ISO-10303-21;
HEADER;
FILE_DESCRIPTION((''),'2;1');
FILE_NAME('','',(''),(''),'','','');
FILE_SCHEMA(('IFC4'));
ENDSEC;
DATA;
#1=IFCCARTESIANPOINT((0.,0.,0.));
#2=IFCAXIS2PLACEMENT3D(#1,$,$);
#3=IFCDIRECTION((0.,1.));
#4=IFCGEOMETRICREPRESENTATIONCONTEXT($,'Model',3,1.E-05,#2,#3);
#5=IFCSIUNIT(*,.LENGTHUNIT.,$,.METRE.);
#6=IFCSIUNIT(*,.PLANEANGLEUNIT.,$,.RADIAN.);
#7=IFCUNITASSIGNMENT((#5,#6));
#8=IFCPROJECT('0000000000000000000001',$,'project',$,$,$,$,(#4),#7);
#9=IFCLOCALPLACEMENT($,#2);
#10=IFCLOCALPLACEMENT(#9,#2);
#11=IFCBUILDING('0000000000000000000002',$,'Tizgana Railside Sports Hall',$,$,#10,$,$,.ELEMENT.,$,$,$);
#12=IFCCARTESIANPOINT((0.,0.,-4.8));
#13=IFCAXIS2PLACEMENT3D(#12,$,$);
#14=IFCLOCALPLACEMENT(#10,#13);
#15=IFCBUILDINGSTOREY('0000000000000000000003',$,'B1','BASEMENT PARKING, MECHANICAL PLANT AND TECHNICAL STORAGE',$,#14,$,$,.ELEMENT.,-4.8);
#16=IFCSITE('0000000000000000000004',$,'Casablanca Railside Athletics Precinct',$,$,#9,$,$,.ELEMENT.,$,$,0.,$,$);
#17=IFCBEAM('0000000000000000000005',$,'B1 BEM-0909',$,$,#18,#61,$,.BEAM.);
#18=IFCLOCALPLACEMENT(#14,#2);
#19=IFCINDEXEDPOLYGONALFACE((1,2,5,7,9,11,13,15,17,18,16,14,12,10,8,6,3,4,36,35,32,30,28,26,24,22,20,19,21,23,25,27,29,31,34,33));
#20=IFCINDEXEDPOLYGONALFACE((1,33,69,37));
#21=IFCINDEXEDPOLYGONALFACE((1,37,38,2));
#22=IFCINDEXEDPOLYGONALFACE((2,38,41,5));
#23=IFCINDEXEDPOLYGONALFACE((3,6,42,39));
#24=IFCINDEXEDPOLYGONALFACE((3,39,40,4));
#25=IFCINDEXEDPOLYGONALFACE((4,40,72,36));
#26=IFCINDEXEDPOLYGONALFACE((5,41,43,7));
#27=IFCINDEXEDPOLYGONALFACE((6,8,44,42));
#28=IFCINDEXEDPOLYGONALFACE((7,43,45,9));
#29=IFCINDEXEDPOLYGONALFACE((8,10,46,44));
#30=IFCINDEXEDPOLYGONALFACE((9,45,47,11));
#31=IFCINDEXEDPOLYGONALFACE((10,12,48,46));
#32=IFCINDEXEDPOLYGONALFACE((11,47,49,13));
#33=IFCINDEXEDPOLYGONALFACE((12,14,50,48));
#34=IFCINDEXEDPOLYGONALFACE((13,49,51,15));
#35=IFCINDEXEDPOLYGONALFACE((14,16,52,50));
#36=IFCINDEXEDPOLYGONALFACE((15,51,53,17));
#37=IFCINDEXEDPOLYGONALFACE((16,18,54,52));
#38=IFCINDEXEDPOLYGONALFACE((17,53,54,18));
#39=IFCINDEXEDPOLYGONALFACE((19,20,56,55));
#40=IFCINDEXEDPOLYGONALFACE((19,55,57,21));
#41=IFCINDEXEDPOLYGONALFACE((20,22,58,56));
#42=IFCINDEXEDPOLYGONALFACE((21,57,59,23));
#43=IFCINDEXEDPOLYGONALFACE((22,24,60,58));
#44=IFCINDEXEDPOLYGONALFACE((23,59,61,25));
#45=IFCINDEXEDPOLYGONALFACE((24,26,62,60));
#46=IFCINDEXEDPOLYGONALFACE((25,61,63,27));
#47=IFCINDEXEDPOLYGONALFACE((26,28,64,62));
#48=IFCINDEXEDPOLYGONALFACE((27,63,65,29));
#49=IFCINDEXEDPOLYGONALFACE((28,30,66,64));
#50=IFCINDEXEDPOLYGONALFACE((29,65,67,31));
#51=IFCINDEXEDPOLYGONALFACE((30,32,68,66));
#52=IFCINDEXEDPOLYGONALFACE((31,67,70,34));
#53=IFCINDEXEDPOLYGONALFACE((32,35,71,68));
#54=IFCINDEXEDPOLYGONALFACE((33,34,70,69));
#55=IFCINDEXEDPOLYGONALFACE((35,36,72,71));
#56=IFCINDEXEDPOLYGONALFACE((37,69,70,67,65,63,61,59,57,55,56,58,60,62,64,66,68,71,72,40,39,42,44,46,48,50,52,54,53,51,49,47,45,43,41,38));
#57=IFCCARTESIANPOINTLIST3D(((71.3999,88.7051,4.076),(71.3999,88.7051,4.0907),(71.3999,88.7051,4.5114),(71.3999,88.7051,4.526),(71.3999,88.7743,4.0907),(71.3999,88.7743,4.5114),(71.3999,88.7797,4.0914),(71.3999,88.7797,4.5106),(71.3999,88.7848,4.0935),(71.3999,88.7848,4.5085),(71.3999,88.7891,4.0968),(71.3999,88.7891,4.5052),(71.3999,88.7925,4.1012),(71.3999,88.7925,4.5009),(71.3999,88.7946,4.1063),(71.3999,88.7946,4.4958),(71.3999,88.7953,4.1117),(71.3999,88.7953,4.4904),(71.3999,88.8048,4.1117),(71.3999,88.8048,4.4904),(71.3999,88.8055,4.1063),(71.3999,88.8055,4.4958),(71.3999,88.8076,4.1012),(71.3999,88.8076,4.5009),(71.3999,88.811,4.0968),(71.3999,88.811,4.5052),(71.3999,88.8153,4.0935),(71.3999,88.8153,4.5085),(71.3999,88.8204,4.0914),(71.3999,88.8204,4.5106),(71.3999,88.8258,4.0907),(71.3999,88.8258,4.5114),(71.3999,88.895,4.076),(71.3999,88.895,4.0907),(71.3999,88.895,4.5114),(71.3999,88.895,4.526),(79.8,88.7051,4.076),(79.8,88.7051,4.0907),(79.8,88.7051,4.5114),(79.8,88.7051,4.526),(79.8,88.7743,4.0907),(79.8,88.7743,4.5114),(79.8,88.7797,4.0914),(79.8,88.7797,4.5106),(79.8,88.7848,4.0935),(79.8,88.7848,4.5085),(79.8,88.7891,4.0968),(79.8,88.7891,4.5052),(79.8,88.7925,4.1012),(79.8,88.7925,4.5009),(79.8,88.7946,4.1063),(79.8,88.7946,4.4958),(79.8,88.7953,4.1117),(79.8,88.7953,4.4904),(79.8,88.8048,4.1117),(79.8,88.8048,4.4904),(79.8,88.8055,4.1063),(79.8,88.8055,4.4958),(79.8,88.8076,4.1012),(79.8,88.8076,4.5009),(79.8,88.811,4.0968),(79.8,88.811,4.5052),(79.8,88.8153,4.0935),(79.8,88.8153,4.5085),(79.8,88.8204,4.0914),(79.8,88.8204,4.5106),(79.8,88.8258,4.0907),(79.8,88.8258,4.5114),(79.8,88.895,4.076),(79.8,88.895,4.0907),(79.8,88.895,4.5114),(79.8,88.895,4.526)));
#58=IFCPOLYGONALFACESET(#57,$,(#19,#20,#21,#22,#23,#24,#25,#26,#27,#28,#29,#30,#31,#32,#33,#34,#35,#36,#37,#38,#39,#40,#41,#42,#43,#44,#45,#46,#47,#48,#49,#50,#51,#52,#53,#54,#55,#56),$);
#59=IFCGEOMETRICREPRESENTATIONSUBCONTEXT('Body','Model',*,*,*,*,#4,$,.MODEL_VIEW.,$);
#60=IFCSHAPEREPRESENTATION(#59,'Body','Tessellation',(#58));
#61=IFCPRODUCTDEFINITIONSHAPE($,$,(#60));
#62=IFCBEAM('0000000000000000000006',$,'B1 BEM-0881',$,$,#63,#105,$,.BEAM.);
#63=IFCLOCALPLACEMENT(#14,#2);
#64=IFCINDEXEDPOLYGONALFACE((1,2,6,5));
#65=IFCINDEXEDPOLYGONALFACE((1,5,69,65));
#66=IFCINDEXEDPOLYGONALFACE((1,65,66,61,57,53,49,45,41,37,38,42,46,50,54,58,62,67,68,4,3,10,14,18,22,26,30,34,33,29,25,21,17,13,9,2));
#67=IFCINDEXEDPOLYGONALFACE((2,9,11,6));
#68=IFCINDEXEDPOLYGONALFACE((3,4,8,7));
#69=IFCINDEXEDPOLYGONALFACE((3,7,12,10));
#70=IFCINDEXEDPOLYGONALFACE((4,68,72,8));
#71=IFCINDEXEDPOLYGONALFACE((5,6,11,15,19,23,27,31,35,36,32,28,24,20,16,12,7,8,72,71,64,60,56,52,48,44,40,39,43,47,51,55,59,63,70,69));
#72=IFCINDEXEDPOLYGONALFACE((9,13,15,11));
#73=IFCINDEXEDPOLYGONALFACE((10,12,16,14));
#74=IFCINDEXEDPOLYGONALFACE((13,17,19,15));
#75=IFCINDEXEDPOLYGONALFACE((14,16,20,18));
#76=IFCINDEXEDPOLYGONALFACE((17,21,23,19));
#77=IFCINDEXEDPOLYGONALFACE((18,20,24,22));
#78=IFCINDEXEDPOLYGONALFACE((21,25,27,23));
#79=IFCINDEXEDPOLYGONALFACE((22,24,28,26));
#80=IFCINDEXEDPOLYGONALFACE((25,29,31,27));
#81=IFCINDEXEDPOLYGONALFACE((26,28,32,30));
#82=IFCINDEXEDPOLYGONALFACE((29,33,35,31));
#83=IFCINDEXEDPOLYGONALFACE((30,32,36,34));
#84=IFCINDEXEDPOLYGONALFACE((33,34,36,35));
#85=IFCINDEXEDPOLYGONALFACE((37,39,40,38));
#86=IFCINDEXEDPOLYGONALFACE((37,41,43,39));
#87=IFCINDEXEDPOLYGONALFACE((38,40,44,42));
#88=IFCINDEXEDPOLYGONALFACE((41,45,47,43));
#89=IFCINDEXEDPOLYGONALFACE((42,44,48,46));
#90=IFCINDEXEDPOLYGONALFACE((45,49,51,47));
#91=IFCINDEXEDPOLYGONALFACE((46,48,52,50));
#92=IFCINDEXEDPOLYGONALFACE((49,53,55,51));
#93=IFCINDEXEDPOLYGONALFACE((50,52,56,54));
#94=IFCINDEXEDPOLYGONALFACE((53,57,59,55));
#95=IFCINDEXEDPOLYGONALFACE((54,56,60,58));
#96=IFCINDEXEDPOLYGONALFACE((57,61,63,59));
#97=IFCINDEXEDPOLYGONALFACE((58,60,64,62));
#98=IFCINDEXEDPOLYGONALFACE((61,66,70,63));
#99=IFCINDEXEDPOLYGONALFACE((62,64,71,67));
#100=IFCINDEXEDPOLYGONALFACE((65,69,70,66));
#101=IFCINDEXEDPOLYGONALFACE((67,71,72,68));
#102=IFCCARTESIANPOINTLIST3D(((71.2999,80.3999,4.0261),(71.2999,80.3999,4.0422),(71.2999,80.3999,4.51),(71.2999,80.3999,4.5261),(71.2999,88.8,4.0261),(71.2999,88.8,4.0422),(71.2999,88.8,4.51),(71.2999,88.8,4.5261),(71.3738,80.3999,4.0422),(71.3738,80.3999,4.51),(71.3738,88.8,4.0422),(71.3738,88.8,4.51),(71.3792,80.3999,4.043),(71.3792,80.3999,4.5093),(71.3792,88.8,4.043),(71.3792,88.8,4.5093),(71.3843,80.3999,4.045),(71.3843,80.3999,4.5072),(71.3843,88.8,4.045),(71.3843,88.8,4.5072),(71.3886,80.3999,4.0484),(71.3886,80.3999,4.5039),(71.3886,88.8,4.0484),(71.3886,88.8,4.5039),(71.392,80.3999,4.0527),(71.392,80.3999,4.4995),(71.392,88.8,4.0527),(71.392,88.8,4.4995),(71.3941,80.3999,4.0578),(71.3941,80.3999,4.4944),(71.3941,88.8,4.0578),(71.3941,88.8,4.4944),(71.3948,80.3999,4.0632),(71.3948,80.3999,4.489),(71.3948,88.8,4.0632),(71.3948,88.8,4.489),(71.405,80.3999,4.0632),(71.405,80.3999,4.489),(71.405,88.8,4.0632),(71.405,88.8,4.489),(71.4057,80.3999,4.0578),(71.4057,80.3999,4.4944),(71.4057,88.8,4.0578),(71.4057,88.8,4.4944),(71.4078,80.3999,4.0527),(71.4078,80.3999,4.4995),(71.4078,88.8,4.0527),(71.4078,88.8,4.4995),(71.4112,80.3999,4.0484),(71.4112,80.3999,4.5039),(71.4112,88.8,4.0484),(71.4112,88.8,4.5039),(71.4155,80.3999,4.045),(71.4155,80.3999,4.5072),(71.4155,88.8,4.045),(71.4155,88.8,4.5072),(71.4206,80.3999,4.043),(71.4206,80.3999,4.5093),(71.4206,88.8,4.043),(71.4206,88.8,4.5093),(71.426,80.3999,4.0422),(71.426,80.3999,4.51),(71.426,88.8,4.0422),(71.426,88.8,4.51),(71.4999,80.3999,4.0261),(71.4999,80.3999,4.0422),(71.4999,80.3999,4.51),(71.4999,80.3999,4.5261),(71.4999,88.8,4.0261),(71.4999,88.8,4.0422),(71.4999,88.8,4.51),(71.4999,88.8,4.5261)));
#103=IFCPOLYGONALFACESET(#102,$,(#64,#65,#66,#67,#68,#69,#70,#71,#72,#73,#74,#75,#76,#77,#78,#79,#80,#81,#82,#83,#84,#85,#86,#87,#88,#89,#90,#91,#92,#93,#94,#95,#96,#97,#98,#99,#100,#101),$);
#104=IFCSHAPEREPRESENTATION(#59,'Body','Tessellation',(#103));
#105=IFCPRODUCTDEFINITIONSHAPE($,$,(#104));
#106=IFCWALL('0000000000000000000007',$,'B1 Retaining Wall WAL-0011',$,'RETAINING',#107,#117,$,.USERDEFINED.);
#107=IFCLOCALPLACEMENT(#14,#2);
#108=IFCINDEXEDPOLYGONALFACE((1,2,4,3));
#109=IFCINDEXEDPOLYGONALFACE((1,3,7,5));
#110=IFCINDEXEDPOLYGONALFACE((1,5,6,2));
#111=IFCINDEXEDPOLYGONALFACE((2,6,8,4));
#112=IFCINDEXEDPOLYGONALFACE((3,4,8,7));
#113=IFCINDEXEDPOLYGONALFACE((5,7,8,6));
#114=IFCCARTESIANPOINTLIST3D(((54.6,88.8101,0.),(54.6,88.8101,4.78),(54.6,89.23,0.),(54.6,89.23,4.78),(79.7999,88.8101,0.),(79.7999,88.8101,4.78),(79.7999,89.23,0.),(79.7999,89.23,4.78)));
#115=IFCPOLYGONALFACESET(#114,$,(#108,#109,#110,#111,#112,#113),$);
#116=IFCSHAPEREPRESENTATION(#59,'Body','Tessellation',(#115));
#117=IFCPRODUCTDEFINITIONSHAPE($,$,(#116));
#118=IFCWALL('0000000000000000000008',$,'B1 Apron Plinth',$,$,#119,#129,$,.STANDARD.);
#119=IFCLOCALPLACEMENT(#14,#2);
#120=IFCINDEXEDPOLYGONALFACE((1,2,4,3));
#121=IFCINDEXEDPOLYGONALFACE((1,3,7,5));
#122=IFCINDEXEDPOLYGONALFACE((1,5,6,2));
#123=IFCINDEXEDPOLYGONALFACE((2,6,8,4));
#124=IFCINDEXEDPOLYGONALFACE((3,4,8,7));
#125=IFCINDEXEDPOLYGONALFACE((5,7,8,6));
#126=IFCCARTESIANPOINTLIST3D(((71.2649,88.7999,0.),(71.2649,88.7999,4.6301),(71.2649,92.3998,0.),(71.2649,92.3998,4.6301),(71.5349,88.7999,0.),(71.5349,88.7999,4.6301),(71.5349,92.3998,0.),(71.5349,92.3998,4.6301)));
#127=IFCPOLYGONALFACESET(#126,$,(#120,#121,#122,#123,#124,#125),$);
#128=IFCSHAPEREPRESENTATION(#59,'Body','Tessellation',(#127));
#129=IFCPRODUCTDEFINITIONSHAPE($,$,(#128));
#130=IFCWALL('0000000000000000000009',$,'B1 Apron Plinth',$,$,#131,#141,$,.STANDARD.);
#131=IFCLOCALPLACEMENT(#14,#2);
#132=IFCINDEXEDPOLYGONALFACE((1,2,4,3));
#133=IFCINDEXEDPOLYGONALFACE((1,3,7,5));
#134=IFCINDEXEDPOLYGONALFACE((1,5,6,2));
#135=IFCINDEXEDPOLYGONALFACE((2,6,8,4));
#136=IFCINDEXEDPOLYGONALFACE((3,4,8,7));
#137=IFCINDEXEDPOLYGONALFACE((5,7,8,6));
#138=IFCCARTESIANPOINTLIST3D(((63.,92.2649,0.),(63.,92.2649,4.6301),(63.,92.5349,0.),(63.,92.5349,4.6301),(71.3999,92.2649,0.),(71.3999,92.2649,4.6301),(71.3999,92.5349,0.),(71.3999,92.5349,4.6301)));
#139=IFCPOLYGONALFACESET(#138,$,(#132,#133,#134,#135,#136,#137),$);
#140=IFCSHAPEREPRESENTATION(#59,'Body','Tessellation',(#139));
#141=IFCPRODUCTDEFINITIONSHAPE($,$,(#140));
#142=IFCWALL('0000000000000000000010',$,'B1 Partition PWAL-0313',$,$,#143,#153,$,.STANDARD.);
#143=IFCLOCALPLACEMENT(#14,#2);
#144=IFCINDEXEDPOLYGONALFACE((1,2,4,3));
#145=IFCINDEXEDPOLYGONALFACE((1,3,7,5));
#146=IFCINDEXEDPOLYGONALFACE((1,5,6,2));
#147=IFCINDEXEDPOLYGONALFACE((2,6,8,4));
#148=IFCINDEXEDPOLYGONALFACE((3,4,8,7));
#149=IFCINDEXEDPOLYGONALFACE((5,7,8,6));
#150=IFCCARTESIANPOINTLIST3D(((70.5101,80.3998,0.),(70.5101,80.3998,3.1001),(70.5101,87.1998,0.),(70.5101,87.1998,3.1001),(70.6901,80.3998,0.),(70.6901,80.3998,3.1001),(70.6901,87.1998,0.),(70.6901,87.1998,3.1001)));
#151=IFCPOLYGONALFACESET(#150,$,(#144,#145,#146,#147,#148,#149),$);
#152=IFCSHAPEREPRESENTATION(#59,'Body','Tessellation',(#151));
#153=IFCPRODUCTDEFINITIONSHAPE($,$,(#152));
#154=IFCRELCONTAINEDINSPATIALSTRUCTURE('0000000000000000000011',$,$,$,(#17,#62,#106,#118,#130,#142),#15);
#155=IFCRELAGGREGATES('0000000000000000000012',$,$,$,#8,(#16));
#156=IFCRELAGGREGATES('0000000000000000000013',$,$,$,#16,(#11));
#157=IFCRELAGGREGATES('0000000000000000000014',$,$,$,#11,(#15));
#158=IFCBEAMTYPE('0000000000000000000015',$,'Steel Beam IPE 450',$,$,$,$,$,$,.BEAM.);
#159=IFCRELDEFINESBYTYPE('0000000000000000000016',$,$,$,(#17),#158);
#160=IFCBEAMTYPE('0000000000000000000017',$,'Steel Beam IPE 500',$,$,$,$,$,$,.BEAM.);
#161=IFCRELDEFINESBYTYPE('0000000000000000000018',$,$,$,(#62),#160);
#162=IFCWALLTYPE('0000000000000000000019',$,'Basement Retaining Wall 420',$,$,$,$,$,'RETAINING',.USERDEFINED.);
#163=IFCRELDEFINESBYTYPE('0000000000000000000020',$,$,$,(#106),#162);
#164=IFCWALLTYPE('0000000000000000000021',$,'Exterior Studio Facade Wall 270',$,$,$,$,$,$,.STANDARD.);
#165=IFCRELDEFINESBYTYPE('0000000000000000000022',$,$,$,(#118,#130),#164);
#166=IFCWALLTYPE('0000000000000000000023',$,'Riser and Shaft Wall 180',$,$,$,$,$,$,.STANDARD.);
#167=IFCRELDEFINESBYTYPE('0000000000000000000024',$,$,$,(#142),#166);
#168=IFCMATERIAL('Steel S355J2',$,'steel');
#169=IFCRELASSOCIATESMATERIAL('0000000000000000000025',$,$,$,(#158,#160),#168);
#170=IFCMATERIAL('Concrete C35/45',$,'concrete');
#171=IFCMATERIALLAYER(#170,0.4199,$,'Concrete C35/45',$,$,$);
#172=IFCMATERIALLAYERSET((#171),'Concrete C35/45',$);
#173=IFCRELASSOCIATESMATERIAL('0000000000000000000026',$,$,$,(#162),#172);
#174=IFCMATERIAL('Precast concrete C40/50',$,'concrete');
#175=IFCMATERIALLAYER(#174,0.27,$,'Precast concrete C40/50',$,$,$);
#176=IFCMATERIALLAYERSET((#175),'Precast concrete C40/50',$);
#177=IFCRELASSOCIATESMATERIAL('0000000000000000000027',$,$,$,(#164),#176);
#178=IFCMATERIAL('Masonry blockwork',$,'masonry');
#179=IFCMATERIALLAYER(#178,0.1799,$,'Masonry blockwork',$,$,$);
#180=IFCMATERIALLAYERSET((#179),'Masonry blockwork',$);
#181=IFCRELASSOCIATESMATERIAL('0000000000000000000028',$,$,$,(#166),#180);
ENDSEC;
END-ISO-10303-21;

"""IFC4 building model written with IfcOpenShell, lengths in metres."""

from ifc_helpers import new_model, si_unit, direction, frame, frame_2d, origin, origin_2d, place, context, subcontext, project, spatial, rectangle, i_section, extrude, material, layer, layer_set, material_profile, profile_set, type_object, element, save


model = new_model("IFC4")

# Units and contexts
model_context = context("Model", 3, precision=1e-05, world=origin(), true_north=direction((0.0, 1.0)))
body_context = subcontext(model_context, "Body", "Model", "MODEL_VIEW")
ifc_project = project(units=[si_unit("LENGTHUNIT", "METRE"), si_unit("PLANEANGLEUNIT", "RADIAN")], contexts=[model_context])

# Site, building, storey
site_placement = place(None, origin())
site = spatial("IfcSite", under=ifc_project, at=site_placement, Name="Casablanca Railside Athletics Precinct", CompositionType="ELEMENT", RefElevation=0.0)
building_placement = place(site_placement, origin())
building = spatial("IfcBuilding", under=site, at=building_placement, Name="Tizgana Railside Sports Hall", CompositionType="ELEMENT")
storey_placement = place(building_placement, frame((0.0, 0.0, -4.8)))
storey = spatial("IfcBuildingStorey", under=building, at=storey_placement, Name="B1", Description="BASEMENT PARKING, MECHANICAL PLANT AND TECHNICAL STORAGE", CompositionType="ELEMENT", Elevation=-4.8)

# Shared definitions
ifc_material_1 = material(Name="Concrete C35/45", Category="concrete")

# Beams
ifc_material_2 = material(Name="Steel S355J2", Category="steel")
ifc_material_profile_1 = material_profile(ifc_material_2, i_section(OverallWidth=0.1899, OverallDepth=0.45, WebThickness=0.0095, FlangeThickness=0.0146, FilletRadius=0.021, at=origin_2d()), Name="IPE 450")
ifc_profile_set_1 = profile_set([ifc_material_profile_1], Name="Steel S355J2")
beam_type_1 = type_object("IfcBeamType", Name="Steel Beam IPE 450", PredefinedType="BEAM", material=ifc_profile_set_1)
for number, where, z_axis, x_axis, name in (
    (1, (71.3999, 88.8, 4.301), (1.0, 0.0, 0.0), (0.0, 1.0, 0.0), "B1 BEM-0909"),
):
    element("IfcBeam", number, at=place(storey_placement, frame(where, z_axis=z_axis, x_axis=x_axis)), inside=storey, type_object=beam_type_1, Name=name, PredefinedType="BEAM", context=body_context, shape_type="SweptSolid", body=[
        extrude(i_section(OverallWidth=0.1899, OverallDepth=0.45, WebThickness=0.0095, FlangeThickness=0.0146, FilletRadius=0.021, at=origin_2d()), origin(), (0.0, 0.0, 1.0), 8.4001),
    ])
ifc_material_profile_2 = material_profile(ifc_material_2, i_section(OverallWidth=0.2, OverallDepth=0.5, WebThickness=0.0103, FlangeThickness=0.0161, FilletRadius=0.021, at=origin_2d()), Name="IPE 500")
ifc_profile_set_2 = profile_set([ifc_material_profile_2], Name="Steel S355J2")
beam_type_2 = type_object("IfcBeamType", Name="Steel Beam IPE 500", PredefinedType="BEAM", material=ifc_profile_set_2)
beam_1_placement = place(storey_placement, frame((71.3999, 80.3999, 4.2761), z_axis=(0.0, 1.0, 0.0), x_axis=(-1.0, 0.0, 0.0)))
element("IfcBeam", 2, at=beam_1_placement, inside=storey, type_object=beam_type_2, Name="B1 BEM-0881", PredefinedType="BEAM", context=body_context, shape_type="SweptSolid", body=[
    extrude(i_section(OverallWidth=0.2, OverallDepth=0.5, WebThickness=0.0103, FlangeThickness=0.0161, FilletRadius=0.021, at=origin_2d()), origin(), (0.0, 0.0, 1.0), 8.4001),
])

# Walls
ifc_layer_1 = layer(ifc_material_1, 0.4199, Name="Concrete C35/45")
ifc_layer_set_1 = layer_set([ifc_layer_1], Name="Concrete C35/45")
wall_type_1 = type_object("IfcWallType", Name="Basement Retaining Wall 420", ElementType="RETAINING", PredefinedType="USERDEFINED", material=ifc_layer_set_1)
wall_1_placement = place(storey_placement, frame((79.8, 89.02, 0.0), z_axis=(0.0, 0.0, 1.0), x_axis=(-1.0, 0.0, 0.0)))
element("IfcWall", 3, at=wall_1_placement, inside=storey, type_object=wall_type_1, Name="B1 Retaining Wall WAL-0011", ObjectType="RETAINING", PredefinedType="USERDEFINED", context=body_context, shape_type="SweptSolid", body=[
    extrude(rectangle(XDim=25.2, YDim=0.4199, at=frame_2d((12.6001, 0.0))), origin(), (0.0, 0.0, 1.0), 4.78),
])
ifc_material_3 = material(Name="Precast concrete C40/50", Category="concrete")
ifc_layer_2 = layer(ifc_material_3, 0.27, Name="Precast concrete C40/50")
ifc_layer_set_2 = layer_set([ifc_layer_2], Name="Precast concrete C40/50")
wall_type_2 = type_object("IfcWallType", Name="Exterior Studio Facade Wall 270", PredefinedType="STANDARD", material=ifc_layer_set_2)
wall_2_placement = place(storey_placement, frame((71.3999, 88.8, 0.0), z_axis=(0.0, 0.0, 1.0), x_axis=(0.0, 1.0, 0.0)))
element("IfcWall", 4, at=wall_2_placement, inside=storey, type_object=wall_type_2, Name="B1 Apron Plinth", PredefinedType="STANDARD", context=body_context, shape_type="SweptSolid", body=[
    extrude(rectangle(XDim=3.5999, YDim=0.27, at=frame_2d((1.7998, 0.0))), origin(), (0.0, 0.0, 1.0), 4.6301),
])
wall_3_placement = place(storey_placement, frame((71.3999, 92.3999, 0.0), z_axis=(0.0, 0.0, 1.0), x_axis=(-1.0, 0.0, 0.0)))
element("IfcWall", 5, at=wall_3_placement, inside=storey, type_object=wall_type_2, Name="B1 Apron Plinth", PredefinedType="STANDARD", context=body_context, shape_type="SweptSolid", body=[
    extrude(rectangle(XDim=8.3999, YDim=0.27, at=frame_2d((4.2, 0.0))), origin(), (0.0, 0.0, 1.0), 4.6301),
])
ifc_material_4 = material(Name="Masonry blockwork", Category="masonry")
ifc_layer_3 = layer(ifc_material_4, 0.1799, Name="Masonry blockwork")
ifc_layer_set_3 = layer_set([ifc_layer_3], Name="Masonry blockwork")
wall_type_3 = type_object("IfcWallType", Name="Riser and Shaft Wall 180", PredefinedType="STANDARD", material=ifc_layer_set_3)
wall_4_placement = place(storey_placement, frame((70.6001, 80.3999, 0.0), z_axis=(0.0, 0.0, 1.0), x_axis=(0.0, 1.0, 0.0)))
element("IfcWall", 6, at=wall_4_placement, inside=storey, type_object=wall_type_3, Name="B1 Partition PWAL-0313", PredefinedType="STANDARD", context=body_context, shape_type="SweptSolid", body=[
    extrude(rectangle(XDim=6.8, YDim=0.1799, at=frame_2d((3.3999, 0.0))), origin(), (0.0, 0.0, 1.0), 3.1001),
])

save(model, "model.ifc")
